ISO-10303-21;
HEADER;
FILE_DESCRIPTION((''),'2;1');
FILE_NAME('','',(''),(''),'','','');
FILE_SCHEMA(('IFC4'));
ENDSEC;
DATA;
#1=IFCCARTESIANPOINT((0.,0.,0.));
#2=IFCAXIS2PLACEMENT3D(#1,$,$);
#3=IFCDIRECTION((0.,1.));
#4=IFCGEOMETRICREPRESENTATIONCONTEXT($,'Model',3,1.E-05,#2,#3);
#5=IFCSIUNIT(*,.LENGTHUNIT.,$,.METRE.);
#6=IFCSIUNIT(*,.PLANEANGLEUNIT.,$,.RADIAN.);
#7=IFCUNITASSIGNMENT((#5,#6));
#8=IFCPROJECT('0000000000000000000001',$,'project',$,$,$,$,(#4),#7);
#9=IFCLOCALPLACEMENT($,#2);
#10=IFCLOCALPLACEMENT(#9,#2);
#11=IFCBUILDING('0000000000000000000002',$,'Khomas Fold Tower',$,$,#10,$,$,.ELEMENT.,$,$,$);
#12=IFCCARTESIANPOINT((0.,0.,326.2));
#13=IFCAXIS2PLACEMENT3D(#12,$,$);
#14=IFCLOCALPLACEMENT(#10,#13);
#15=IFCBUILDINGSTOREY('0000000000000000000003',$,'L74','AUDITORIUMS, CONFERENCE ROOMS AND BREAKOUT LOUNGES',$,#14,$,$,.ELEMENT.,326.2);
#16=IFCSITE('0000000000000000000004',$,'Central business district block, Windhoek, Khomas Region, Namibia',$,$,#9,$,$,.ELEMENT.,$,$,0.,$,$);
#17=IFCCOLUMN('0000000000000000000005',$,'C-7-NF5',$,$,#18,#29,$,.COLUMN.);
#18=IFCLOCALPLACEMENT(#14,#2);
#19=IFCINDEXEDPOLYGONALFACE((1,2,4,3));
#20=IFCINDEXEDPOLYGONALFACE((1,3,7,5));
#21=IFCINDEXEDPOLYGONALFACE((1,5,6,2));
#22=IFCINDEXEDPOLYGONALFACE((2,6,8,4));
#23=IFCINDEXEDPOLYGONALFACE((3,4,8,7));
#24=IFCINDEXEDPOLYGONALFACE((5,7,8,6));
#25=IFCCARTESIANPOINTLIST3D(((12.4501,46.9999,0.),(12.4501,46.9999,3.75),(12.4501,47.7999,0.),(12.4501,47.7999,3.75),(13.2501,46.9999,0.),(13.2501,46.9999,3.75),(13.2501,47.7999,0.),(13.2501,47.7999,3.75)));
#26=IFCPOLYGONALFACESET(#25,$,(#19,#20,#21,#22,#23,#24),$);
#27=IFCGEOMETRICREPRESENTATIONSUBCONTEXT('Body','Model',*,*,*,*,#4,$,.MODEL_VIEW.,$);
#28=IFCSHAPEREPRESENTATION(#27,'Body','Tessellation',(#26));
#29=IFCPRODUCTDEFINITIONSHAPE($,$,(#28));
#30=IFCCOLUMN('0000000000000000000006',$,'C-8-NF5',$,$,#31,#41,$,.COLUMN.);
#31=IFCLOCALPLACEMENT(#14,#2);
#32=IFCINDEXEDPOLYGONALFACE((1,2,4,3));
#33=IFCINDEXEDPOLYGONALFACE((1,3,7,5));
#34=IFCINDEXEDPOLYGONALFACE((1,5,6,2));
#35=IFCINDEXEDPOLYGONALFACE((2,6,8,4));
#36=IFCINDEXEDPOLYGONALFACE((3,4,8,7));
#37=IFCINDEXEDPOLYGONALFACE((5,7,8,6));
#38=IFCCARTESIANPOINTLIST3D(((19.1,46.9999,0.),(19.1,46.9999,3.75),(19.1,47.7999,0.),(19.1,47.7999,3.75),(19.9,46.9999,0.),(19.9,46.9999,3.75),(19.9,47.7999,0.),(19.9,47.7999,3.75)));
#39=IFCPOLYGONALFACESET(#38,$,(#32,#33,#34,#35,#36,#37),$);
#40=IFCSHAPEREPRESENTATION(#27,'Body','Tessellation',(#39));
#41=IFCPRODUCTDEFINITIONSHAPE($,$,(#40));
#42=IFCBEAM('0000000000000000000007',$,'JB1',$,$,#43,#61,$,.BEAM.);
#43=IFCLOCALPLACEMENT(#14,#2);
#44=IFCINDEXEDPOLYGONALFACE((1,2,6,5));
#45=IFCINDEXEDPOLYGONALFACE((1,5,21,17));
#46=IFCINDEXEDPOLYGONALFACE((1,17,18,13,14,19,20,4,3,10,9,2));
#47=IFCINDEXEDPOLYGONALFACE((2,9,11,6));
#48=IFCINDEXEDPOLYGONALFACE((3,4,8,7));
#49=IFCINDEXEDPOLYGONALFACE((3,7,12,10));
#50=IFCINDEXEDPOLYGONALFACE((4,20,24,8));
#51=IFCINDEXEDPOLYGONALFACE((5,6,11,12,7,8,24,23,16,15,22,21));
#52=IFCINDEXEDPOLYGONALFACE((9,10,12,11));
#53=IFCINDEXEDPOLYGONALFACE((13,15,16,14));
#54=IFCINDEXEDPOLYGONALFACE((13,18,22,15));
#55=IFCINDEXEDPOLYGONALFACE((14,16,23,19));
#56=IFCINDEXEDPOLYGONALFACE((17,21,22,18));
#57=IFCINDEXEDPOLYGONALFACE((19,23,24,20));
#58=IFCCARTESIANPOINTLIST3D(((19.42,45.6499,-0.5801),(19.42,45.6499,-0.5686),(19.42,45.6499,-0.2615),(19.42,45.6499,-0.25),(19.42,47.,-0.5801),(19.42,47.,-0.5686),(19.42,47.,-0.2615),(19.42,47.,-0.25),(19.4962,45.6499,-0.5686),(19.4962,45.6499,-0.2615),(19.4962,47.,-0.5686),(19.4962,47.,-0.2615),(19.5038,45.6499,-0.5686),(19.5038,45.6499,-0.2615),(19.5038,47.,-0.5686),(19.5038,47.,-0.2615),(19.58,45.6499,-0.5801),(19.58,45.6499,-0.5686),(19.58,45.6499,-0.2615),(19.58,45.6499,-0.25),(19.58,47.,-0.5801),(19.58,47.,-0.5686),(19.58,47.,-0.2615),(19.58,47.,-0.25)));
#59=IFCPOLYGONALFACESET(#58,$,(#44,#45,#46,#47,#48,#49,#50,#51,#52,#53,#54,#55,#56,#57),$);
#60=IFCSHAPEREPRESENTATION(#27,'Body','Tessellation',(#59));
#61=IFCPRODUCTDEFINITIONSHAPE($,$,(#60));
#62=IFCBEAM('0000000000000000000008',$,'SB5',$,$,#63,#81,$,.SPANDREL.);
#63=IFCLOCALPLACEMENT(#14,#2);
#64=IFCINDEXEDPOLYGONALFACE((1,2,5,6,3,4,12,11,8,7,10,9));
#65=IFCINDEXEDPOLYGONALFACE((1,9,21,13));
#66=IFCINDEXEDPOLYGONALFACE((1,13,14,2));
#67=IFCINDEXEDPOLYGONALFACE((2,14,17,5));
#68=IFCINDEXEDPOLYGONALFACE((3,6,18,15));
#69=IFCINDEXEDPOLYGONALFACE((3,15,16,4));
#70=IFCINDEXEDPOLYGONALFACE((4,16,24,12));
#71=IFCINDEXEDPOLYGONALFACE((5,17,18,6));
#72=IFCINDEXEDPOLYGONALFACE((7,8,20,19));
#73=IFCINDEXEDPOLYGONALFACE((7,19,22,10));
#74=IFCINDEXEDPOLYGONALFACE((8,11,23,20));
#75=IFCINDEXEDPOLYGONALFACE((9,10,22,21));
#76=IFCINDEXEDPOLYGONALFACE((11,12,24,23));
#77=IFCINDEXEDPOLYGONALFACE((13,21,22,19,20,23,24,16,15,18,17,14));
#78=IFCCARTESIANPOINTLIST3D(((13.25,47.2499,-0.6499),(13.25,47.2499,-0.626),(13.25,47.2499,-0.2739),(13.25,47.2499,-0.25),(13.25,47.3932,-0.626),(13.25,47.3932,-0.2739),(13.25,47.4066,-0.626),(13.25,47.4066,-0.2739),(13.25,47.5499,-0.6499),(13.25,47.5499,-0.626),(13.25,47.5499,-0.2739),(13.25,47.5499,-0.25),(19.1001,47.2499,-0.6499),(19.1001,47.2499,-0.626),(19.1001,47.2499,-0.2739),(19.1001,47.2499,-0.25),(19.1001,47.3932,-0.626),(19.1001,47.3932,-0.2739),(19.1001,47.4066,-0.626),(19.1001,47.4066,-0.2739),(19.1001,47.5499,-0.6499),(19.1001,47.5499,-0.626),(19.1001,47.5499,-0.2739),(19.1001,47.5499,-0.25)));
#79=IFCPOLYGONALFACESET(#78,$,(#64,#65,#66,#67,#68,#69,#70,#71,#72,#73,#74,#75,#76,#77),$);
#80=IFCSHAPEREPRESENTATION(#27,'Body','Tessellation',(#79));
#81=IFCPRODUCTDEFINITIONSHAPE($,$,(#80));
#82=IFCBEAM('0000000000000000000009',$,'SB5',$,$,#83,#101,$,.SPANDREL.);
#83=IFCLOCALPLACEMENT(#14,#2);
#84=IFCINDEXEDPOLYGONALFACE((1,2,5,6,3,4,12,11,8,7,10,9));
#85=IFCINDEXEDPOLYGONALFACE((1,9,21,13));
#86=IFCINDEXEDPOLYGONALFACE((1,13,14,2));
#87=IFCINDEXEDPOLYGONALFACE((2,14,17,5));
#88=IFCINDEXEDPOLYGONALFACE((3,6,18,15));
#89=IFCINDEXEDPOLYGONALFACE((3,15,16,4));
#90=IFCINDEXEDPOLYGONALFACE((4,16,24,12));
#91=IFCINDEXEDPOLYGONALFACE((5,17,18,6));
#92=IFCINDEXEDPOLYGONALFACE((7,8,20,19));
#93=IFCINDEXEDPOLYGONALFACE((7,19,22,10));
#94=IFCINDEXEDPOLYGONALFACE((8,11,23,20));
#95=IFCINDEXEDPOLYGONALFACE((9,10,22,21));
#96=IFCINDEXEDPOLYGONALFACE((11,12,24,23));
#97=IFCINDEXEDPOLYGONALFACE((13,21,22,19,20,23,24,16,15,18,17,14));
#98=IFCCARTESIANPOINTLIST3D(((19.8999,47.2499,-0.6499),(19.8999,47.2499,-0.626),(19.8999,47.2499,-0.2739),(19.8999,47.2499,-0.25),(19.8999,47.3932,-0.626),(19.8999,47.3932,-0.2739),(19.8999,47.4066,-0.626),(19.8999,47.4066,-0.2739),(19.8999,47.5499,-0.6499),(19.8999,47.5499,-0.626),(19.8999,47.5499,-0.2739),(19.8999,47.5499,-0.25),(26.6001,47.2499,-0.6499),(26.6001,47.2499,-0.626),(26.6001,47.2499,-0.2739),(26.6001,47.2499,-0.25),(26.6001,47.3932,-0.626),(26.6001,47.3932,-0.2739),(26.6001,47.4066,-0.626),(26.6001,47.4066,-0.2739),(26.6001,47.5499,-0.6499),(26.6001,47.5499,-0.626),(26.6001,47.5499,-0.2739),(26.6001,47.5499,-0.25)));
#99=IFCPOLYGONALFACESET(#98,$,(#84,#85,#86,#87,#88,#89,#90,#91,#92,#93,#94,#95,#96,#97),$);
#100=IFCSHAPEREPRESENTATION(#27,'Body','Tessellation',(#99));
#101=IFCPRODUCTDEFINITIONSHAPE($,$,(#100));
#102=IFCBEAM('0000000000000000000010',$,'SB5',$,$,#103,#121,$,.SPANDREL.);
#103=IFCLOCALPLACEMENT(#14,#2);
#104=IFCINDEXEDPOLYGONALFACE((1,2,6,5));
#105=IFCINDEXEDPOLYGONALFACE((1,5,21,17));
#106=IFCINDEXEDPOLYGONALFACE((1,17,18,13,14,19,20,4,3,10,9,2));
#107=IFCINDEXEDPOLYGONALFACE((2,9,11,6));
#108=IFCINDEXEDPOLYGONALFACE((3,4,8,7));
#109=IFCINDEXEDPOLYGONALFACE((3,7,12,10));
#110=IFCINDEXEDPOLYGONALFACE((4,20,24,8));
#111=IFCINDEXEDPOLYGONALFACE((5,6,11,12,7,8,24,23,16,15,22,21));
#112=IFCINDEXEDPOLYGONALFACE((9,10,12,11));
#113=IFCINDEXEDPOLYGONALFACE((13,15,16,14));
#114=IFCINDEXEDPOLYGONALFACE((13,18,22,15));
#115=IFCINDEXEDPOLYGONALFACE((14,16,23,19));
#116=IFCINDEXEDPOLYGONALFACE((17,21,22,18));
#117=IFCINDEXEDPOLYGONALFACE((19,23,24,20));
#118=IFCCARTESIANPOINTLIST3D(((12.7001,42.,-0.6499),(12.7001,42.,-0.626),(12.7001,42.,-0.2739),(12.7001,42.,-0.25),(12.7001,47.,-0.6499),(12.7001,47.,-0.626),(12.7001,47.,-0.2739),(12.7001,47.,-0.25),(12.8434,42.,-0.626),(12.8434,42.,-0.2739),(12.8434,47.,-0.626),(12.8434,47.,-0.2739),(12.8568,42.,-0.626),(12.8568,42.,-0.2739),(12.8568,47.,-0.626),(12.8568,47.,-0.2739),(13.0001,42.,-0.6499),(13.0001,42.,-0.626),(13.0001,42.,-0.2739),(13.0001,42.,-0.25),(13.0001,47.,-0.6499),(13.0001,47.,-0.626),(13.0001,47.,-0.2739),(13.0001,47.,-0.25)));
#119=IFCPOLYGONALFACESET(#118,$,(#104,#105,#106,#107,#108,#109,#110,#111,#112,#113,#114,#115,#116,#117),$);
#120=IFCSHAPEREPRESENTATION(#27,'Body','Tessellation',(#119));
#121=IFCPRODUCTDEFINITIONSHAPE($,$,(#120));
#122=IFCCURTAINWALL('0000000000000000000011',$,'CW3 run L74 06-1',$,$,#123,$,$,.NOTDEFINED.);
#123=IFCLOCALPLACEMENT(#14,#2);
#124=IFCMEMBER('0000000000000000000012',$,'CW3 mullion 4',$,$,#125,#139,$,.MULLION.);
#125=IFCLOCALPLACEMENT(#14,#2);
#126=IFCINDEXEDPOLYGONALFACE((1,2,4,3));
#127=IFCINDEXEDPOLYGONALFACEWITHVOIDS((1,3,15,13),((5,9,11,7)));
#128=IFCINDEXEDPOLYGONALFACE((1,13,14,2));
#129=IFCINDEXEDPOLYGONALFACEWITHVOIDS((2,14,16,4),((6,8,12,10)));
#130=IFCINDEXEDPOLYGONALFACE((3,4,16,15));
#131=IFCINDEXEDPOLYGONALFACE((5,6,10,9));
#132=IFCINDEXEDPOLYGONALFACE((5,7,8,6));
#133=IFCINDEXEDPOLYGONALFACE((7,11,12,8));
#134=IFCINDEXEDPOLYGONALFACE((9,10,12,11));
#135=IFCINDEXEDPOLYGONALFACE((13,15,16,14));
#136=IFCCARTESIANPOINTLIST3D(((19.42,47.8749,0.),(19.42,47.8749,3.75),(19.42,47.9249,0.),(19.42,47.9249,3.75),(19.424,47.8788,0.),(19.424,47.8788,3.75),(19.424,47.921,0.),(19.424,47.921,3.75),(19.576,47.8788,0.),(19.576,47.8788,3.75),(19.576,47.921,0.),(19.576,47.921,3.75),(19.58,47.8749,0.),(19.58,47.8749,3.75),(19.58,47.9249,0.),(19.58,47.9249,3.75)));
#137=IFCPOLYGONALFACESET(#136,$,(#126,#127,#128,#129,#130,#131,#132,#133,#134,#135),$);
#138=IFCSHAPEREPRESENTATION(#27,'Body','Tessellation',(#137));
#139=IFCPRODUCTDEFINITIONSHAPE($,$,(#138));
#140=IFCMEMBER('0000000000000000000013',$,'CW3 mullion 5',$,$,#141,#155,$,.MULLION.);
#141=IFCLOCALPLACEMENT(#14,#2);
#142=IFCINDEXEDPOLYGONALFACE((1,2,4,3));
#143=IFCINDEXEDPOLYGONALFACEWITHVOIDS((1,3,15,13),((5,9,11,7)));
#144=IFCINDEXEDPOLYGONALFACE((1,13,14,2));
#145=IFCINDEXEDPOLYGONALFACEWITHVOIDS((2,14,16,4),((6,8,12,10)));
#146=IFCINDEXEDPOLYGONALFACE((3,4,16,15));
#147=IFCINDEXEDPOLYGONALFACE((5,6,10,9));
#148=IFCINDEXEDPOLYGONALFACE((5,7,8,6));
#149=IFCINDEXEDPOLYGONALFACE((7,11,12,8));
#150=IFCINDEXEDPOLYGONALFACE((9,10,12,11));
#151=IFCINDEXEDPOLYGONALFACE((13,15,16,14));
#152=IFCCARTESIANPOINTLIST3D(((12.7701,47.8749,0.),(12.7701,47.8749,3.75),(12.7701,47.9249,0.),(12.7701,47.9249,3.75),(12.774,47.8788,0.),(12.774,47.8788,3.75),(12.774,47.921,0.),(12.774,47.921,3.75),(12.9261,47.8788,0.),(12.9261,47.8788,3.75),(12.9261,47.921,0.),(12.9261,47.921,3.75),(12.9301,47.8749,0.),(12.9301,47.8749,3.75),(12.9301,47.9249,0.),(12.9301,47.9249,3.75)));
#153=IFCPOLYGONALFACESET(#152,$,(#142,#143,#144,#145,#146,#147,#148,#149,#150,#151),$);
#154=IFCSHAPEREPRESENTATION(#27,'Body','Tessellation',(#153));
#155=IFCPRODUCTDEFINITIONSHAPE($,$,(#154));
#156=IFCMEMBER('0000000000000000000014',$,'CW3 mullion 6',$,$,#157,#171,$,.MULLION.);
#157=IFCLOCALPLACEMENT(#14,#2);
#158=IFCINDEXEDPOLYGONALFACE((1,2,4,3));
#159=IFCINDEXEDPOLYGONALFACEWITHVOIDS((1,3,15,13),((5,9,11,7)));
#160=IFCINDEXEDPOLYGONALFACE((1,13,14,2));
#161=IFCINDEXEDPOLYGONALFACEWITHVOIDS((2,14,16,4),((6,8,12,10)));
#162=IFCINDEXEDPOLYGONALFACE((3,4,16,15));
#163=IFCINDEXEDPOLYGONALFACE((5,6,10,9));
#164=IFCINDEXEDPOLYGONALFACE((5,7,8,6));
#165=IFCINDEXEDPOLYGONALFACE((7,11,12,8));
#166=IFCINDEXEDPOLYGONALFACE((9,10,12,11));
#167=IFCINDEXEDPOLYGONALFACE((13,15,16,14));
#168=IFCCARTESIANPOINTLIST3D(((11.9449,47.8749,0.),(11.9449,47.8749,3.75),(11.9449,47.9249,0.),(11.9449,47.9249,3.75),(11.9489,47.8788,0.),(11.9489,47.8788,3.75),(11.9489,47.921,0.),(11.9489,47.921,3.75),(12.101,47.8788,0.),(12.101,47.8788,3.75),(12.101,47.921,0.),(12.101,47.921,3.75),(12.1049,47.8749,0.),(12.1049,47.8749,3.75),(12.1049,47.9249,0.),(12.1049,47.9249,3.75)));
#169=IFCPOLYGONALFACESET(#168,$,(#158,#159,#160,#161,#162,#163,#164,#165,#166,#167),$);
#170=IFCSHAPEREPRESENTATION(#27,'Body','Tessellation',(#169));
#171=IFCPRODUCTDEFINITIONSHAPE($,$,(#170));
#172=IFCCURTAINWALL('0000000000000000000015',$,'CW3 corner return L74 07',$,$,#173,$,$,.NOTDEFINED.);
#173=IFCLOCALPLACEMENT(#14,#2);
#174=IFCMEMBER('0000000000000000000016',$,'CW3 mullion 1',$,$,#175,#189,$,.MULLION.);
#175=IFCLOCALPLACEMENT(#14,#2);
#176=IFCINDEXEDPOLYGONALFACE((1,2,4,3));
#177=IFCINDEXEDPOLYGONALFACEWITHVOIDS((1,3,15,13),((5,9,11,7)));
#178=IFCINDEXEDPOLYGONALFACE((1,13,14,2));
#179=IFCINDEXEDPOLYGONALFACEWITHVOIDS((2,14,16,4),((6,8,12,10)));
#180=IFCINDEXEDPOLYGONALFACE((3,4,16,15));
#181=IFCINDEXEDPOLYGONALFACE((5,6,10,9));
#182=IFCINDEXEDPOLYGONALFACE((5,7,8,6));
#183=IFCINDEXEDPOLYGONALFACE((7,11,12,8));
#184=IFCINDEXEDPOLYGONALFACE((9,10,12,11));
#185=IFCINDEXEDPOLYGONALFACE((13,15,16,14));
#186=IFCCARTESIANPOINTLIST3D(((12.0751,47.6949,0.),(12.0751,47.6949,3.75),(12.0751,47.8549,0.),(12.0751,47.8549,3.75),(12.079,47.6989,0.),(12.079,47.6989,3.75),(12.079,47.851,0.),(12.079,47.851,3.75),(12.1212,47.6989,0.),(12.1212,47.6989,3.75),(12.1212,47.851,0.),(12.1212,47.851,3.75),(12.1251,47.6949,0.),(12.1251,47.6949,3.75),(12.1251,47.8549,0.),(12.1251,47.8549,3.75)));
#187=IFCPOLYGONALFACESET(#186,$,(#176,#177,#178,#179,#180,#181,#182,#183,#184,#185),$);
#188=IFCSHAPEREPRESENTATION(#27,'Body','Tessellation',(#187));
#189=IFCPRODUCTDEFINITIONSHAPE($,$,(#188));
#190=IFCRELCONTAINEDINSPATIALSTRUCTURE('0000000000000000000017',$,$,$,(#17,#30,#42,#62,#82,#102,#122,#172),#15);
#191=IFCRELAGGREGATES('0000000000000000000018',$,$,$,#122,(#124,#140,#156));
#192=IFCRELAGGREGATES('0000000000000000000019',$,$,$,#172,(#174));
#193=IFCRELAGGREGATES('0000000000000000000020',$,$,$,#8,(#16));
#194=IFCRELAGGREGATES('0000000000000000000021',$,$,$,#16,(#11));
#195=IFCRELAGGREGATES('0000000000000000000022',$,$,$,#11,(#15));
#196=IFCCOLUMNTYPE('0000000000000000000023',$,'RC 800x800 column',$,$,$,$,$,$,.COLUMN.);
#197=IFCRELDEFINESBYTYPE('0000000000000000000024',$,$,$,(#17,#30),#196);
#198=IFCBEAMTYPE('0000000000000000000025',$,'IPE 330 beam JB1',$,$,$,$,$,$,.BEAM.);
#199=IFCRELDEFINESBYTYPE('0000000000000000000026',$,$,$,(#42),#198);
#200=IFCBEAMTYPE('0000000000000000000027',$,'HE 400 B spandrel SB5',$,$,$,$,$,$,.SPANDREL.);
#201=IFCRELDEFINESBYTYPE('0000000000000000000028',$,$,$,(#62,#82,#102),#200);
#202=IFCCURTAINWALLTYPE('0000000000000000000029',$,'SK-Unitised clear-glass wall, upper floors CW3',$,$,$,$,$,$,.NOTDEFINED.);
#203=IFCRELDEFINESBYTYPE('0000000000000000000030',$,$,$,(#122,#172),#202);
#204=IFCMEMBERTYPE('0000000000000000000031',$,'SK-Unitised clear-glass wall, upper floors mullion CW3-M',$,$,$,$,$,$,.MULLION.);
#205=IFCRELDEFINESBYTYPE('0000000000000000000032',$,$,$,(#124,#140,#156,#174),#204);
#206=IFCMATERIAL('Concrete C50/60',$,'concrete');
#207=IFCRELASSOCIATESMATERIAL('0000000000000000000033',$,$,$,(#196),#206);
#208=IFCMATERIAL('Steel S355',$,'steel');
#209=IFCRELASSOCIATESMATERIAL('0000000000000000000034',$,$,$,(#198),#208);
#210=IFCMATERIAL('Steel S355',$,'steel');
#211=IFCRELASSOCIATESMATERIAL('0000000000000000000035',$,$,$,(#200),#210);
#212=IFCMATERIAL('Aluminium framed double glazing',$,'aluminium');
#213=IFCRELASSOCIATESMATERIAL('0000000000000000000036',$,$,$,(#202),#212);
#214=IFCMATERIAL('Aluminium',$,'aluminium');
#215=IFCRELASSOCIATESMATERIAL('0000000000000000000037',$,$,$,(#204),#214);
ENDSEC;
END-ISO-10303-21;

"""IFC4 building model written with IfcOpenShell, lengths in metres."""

from ifc_helpers import new_model, si_unit, direction, frame, origin, origin_2d, place, context, subcontext, project, spatial, rectangle, hollow_rectangle, i_section, extrude, source, transform, mapped, material, material_profile, profile_set, type_object, element, aggregate, save


model = new_model("IFC4")

# Units and contexts
model_context = context("Model", 3, precision=1e-05, world=origin(), true_north=direction((0.0, 1.0)))
body_context = subcontext(model_context, "Body", "Model", "MODEL_VIEW")
ifc_project = project(units=[si_unit("LENGTHUNIT", "METRE"), si_unit("PLANEANGLEUNIT", "RADIAN")], contexts=[model_context])

# Site, building, storey
site_placement = place(None, origin())
site = spatial("IfcSite", under=ifc_project, at=site_placement, Name="Central business district block, Windhoek, Khomas Region, Namibia", CompositionType="ELEMENT", RefElevation=0.0)
building_placement = place(site_placement, origin())
building = spatial("IfcBuilding", under=site, at=building_placement, Name="Khomas Fold Tower", CompositionType="ELEMENT")
storey_placement = place(building_placement, frame((0.0, 0.0, 326.2)))
storey = spatial("IfcBuildingStorey", under=building, at=storey_placement, Name="L74", Description="AUDITORIUMS, CONFERENCE ROOMS AND BREAKOUT LOUNGES", CompositionType="ELEMENT", Elevation=326.2)

# Columns
ifc_material_1 = material(Name="Concrete C50/60", Category="concrete")
ifc_material_profile_1 = material_profile(ifc_material_1, rectangle(XDim=0.8, YDim=0.8, at=origin_2d()), Name="RC 800x800")
ifc_profile_set_1 = profile_set([ifc_material_profile_1], Name="Concrete C50/60")
column_type = type_object("IfcColumnType", Name="RC 800x800 column", PredefinedType="COLUMN", material=ifc_profile_set_1)
shared_shape_1 = source(origin(), body_context, "Body", "SweptSolid", [
    extrude(rectangle(XDim=0.8, YDim=0.8, at=origin_2d()), origin(), (0.0, 0.0, 1.0), 3.75),
])
for number, where, z_axis, x_axis, name in (
    (1, (12.8501, 47.3999, 0.0), (0.0, 0.0, 1.0), (1.0, 0.0, 0.0), "C-7-NF5"),
    (2, (19.5, 47.3999, 0.0), (0.0, 0.0, 1.0), (1.0, 0.0, 0.0), "C-8-NF5"),
):
    element("IfcColumn", number, at=place(storey_placement, frame(where, z_axis=z_axis, x_axis=x_axis)), inside=storey, type_object=column_type, Name=name, PredefinedType="COLUMN", context=body_context, shape_type="MappedRepresentation", body=[
        mapped(shared_shape_1, transform((0.0, 0.0, 0.0))),
    ])

# Beams
ifc_material_2 = material(Name="Steel S355", Category="steel")
ifc_material_profile_2 = material_profile(ifc_material_2, i_section(OverallWidth=0.1599, OverallDepth=0.3301, WebThickness=0.0076, FlangeThickness=0.0115, at=origin_2d()), Name="IPE 330")
ifc_profile_set_2 = profile_set([ifc_material_profile_2], Name="Steel S355")
beam_type_1 = type_object("IfcBeamType", Name="IPE 330 beam JB1", PredefinedType="BEAM", material=ifc_profile_set_2)
shared_shape_2 = source(origin(), body_context, "Body", "SweptSolid", [
    extrude(i_section(OverallWidth=0.1599, OverallDepth=0.3301, WebThickness=0.0076, FlangeThickness=0.0115, at=origin_2d()), origin(), (0.0, 0.0, 1.0), 1.3501),
])
beam_1_placement = place(storey_placement, frame((19.5, 45.6499, -0.415), z_axis=(0.0, 1.0, 0.0), x_axis=(-1.0, 0.0, 0.0)))
element("IfcBeam", 3, at=beam_1_placement, inside=storey, type_object=beam_type_1, Name="JB1", PredefinedType="BEAM", context=body_context, shape_type="MappedRepresentation", body=[
    mapped(shared_shape_2, transform((0.0, 0.0, 0.0))),
])
ifc_material_3 = material(Name="Steel S355", Category="steel")
ifc_material_profile_3 = material_profile(ifc_material_3, i_section(OverallWidth=0.3, OverallDepth=0.3999, WebThickness=0.0134, FlangeThickness=0.0239, at=origin_2d()), Name="HE 400 B")
ifc_profile_set_3 = profile_set([ifc_material_profile_3], Name="Steel S355")
beam_type_2 = type_object("IfcBeamType", Name="HE 400 B spandrel SB5", PredefinedType="SPANDREL", material=ifc_profile_set_3)
shared_shape_3 = source(origin(), body_context, "Body", "SweptSolid", [
    extrude(i_section(OverallWidth=0.3, OverallDepth=0.3999, WebThickness=0.0134, FlangeThickness=0.0239, at=origin_2d()), origin(), (0.0, 0.0, 1.0), 5.8501),
])
beam_2_placement = place(storey_placement, frame((13.25, 47.3999, -0.45), z_axis=(1.0, 0.0, 0.0), x_axis=(0.0, 1.0, 0.0)))
element("IfcBeam", 4, at=beam_2_placement, inside=storey, type_object=beam_type_2, Name="SB5", PredefinedType="SPANDREL", context=body_context, shape_type="MappedRepresentation", body=[
    mapped(shared_shape_3, transform((0.0, 0.0, 0.0))),
])
shared_shape_4 = source(origin(), body_context, "Body", "SweptSolid", [
    extrude(i_section(OverallWidth=0.3, OverallDepth=0.3999, WebThickness=0.0134, FlangeThickness=0.0239, at=origin_2d()), origin(), (0.0, 0.0, 1.0), 6.7002),
])
beam_3_placement = place(storey_placement, frame((19.8999, 47.3999, -0.45), z_axis=(1.0, 0.0, 0.0), x_axis=(0.0, 1.0, 0.0)))
element("IfcBeam", 5, at=beam_3_placement, inside=storey, type_object=beam_type_2, Name="SB5", PredefinedType="SPANDREL", context=body_context, shape_type="MappedRepresentation", body=[
    mapped(shared_shape_4, transform((0.0, 0.0, 0.0))),
])
shared_shape_5 = source(origin(), body_context, "Body", "SweptSolid", [
    extrude(i_section(OverallWidth=0.3, OverallDepth=0.3999, WebThickness=0.0134, FlangeThickness=0.0239, at=origin_2d()), origin(), (0.0, 0.0, 1.0), 5.0),
])
beam_4_placement = place(storey_placement, frame((12.8501, 42.0, -0.45), z_axis=(0.0, 1.0, 0.0), x_axis=(-1.0, 0.0, 0.0)))
element("IfcBeam", 6, at=beam_4_placement, inside=storey, type_object=beam_type_2, Name="SB5", PredefinedType="SPANDREL", context=body_context, shape_type="MappedRepresentation", body=[
    mapped(shared_shape_5, transform((0.0, 0.0, 0.0))),
])

# Curtain walls, members
ifc_material_4 = material(Name="Aluminium framed double glazing", Category="aluminium")
curtain_wall_type = type_object("IfcCurtainWallType", Name="SK-Unitised clear-glass wall, upper floors CW3", PredefinedType="NOTDEFINED", material=ifc_material_4)
curtain_wall_1_placement = place(storey_placement, origin())
curtain_wall_1 = element("IfcCurtainWall", 7, at=curtain_wall_1_placement, inside=storey, type_object=curtain_wall_type, Name="CW3 run L74 06-1", PredefinedType="NOTDEFINED")
ifc_material_5 = material(Name="Aluminium", Category="aluminium")
ifc_material_profile_4 = material_profile(ifc_material_5, hollow_rectangle(XDim=0.05, YDim=0.1599, WallThickness=0.0039, at=origin_2d()), Name="SK-Unitised clear-glass wall, upper floors mullion CW3-M")
ifc_profile_set_4 = profile_set([ifc_material_profile_4], Name="Aluminium")
member_type_1 = type_object("IfcMemberType", Name="SK-Unitised clear-glass wall, upper floors mullion CW3-M", PredefinedType="MULLION", material=ifc_profile_set_4)
shared_shape_6 = source(origin(), body_context, "Body", "SweptSolid", [
    extrude(hollow_rectangle(XDim=0.05, YDim=0.1599, WallThickness=0.0039, at=origin_2d()), origin(), (0.0, 0.0, 1.0), 3.75),
])
member_1_placement = place(storey_placement, frame((19.5, 47.8999, 0.0), z_axis=(0.0, 0.0, 1.0), x_axis=(0.0, -1.0, 0.0)))
member_1 = element("IfcMember", 8, at=member_1_placement, type_object=member_type_1, Name="CW3 mullion 4", PredefinedType="MULLION", context=body_context, shape_type="MappedRepresentation", body=[
    mapped(shared_shape_6, transform((0.0, 0.0, 0.0))),
])
member_2_placement = place(storey_placement, frame((12.8501, 47.8999, 0.0), z_axis=(0.0, 0.0, 1.0), x_axis=(0.0, -1.0, 0.0)))
member_2 = element("IfcMember", 9, at=member_2_placement, type_object=member_type_1, Name="CW3 mullion 5", PredefinedType="MULLION", context=body_context, shape_type="MappedRepresentation", body=[
    mapped(shared_shape_6, transform((0.0, 0.0, 0.0))),
])
member_3_placement = place(storey_placement, frame((12.0249, 47.8999, 0.0), z_axis=(0.0, 0.0, 1.0), x_axis=(0.0, -1.0, 0.0)))
member_3 = element("IfcMember", 10, at=member_3_placement, type_object=member_type_1, Name="CW3 mullion 6", PredefinedType="MULLION", context=body_context, shape_type="MappedRepresentation", body=[
    mapped(shared_shape_6, transform((0.0, 0.0, 0.0))),
])
curtain_wall_2_placement = place(storey_placement, origin())
curtain_wall_2 = element("IfcCurtainWall", 11, at=curtain_wall_2_placement, inside=storey, type_object=curtain_wall_type, Name="CW3 corner return L74 07", PredefinedType="NOTDEFINED")
member_4_placement = place(storey_placement, frame((12.1001, 47.7749, 0.0), z_axis=(0.0, 0.0, 1.0), x_axis=(1.0, 0.0, 0.0)))
member_4 = element("IfcMember", 12, at=member_4_placement, type_object=member_type_1, Name="CW3 mullion 1", PredefinedType="MULLION", context=body_context, shape_type="MappedRepresentation", body=[
    mapped(shared_shape_6, transform((0.0, 0.0, 0.0))),
])

aggregate(curtain_wall_1, [member_1, member_2, member_3])
aggregate(curtain_wall_2, [member_4])

save(model, "model.ifc")
